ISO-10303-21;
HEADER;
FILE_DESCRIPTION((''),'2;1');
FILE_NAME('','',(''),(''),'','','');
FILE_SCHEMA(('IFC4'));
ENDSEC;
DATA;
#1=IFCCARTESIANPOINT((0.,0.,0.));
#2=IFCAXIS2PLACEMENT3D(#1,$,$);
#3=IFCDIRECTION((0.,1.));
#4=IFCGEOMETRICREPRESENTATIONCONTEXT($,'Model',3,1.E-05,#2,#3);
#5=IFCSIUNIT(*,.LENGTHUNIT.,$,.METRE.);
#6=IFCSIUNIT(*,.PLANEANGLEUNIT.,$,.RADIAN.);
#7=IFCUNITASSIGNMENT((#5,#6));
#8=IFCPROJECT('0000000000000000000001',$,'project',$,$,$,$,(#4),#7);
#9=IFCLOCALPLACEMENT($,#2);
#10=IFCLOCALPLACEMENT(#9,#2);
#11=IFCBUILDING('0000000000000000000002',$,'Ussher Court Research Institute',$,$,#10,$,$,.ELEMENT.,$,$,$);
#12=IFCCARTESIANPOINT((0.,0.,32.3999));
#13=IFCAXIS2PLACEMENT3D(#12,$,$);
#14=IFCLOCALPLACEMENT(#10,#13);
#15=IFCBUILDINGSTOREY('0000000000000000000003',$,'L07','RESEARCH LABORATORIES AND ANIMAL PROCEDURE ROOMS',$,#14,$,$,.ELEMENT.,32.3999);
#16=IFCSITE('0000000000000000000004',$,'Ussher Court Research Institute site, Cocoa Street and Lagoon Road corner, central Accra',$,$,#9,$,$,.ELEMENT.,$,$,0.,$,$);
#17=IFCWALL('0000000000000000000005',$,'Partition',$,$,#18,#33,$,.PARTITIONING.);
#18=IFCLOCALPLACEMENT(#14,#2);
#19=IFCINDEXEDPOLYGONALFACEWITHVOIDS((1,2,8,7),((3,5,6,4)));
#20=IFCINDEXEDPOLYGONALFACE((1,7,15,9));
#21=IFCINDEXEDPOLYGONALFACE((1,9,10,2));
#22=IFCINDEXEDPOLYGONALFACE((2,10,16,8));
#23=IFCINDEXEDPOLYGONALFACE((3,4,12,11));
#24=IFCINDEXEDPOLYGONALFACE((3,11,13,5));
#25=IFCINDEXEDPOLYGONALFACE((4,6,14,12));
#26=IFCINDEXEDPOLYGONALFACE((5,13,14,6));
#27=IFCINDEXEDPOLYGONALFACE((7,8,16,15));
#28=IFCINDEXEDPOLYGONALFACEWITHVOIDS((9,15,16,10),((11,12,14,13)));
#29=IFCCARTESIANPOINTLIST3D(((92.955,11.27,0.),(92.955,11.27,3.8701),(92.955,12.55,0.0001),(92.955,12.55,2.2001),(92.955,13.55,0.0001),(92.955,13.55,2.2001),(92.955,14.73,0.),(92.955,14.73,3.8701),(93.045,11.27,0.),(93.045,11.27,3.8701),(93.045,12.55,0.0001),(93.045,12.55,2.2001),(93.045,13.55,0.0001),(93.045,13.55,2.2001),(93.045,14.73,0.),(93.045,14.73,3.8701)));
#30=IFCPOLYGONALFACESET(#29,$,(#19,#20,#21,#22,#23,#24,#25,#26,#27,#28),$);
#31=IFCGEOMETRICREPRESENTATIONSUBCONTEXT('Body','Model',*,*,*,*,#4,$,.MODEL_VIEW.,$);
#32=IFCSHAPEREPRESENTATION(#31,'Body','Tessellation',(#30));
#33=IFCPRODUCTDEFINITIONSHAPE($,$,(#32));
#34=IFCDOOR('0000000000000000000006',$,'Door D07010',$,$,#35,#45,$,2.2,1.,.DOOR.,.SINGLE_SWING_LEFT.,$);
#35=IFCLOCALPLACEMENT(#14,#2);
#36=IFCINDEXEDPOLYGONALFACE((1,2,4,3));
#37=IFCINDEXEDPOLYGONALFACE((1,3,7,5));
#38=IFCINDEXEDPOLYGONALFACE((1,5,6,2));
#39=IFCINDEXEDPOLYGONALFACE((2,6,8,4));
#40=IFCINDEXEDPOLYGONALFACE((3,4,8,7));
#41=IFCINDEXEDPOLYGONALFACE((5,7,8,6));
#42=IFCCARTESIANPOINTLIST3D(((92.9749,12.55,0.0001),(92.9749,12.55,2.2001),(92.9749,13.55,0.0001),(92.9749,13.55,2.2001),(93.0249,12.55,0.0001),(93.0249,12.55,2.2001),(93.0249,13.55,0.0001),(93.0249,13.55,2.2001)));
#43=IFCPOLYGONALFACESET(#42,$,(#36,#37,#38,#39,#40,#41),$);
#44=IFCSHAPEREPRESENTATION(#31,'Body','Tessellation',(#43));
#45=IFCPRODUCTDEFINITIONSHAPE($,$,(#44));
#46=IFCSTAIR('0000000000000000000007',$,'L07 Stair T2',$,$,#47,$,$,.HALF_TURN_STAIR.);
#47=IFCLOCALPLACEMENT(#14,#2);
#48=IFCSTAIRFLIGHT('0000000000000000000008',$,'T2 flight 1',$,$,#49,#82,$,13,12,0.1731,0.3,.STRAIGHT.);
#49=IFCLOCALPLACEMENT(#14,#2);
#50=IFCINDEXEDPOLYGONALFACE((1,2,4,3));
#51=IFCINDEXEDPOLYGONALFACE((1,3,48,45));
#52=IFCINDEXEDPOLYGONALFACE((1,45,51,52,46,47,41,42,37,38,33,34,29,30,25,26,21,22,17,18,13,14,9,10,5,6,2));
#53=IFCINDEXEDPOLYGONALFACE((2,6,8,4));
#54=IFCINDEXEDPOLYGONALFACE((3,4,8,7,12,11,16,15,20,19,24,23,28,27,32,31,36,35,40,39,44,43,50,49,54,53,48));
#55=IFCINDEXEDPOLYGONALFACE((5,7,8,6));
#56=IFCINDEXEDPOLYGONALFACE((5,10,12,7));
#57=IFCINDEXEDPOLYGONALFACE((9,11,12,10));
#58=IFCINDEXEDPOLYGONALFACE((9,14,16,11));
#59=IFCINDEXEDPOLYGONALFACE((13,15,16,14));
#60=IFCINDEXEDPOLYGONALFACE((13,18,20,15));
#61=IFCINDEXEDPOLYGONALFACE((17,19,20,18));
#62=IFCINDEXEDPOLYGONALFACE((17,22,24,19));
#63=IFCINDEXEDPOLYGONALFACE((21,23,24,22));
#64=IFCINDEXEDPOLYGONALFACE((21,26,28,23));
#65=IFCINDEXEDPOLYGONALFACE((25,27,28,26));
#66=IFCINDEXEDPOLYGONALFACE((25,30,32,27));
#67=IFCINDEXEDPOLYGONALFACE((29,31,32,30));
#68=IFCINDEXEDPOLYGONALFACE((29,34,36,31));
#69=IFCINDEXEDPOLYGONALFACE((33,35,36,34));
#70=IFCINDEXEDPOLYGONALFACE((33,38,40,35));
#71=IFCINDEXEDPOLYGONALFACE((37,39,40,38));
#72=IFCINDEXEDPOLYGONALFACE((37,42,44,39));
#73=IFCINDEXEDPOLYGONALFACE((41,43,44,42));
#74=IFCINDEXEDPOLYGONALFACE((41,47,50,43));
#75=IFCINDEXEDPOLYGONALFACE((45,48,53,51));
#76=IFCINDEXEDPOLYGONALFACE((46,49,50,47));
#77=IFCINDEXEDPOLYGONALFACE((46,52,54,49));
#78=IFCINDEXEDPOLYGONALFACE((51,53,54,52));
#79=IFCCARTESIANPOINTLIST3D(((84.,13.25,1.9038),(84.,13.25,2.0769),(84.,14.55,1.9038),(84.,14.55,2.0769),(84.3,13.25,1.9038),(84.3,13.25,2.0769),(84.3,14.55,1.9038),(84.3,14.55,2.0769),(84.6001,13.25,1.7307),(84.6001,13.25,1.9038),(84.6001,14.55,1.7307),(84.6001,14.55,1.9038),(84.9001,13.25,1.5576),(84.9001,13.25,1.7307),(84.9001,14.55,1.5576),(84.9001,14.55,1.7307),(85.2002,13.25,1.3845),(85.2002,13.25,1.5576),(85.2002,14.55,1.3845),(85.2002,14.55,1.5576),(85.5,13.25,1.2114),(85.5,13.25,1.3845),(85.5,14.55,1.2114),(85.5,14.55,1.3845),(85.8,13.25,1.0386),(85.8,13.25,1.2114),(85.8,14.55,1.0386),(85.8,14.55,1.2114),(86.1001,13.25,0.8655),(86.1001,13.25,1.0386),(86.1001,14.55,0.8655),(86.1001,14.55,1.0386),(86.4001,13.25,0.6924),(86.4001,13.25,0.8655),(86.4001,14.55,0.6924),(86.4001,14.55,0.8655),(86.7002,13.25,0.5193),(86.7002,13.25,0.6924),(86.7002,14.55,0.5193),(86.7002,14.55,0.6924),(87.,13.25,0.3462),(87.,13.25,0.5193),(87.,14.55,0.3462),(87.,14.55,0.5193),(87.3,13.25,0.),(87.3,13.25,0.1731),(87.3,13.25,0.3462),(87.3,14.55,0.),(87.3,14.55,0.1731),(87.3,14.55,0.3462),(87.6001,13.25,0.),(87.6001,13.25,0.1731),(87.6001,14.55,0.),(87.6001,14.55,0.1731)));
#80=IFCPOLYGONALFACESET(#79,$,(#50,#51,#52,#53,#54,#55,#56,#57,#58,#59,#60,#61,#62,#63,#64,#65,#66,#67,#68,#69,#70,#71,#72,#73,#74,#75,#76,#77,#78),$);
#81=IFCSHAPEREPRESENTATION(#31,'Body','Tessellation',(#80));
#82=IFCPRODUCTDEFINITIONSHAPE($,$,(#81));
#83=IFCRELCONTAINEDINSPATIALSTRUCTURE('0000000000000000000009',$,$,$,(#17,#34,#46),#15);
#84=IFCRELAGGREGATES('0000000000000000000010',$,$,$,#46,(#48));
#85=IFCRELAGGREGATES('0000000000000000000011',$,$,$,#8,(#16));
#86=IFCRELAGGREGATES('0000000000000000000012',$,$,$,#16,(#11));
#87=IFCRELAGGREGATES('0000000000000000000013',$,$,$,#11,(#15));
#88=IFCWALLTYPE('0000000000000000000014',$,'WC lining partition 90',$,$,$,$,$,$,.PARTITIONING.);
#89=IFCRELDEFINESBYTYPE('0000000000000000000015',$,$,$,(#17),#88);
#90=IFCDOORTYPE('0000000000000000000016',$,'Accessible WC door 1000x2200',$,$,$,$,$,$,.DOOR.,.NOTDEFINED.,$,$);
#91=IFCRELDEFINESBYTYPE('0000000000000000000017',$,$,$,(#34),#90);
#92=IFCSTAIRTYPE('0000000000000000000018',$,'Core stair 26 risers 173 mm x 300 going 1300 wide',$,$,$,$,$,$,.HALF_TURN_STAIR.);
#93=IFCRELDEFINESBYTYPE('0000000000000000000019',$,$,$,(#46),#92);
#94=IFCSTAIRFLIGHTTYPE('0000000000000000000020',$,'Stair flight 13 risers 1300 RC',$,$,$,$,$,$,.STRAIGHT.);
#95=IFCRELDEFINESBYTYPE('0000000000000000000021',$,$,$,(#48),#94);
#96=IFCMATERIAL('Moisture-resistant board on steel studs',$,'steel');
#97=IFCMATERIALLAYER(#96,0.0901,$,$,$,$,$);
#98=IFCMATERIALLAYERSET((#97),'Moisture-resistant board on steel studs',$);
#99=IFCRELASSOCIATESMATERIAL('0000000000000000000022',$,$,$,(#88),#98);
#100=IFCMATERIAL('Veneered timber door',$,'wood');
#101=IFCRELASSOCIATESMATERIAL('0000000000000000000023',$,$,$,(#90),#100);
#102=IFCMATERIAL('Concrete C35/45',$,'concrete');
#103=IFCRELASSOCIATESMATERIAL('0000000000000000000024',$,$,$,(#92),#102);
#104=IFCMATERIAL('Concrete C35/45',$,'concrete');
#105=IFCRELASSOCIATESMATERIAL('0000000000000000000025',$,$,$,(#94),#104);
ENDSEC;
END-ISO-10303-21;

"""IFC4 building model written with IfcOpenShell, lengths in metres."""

from ifc_helpers import new_model, si_unit, direction, frame, frame_2d, origin, place, context, subcontext, project, spatial, polyline, rectangle, outline, extrude, material, layer, layer_set, type_object, element, fill, aggregate, save


model = new_model("IFC4")

# Units and contexts
model_context = context("Model", 3, precision=1e-05, world=origin(), true_north=direction((0.0, 1.0)))
body_context = subcontext(model_context, "Body", "Model", "MODEL_VIEW")
ifc_project = project(units=[si_unit("LENGTHUNIT", "METRE"), si_unit("PLANEANGLEUNIT", "RADIAN")], contexts=[model_context])

# Site, building, storey
site_placement = place(None, origin())
site = spatial("IfcSite", under=ifc_project, at=site_placement, Name="Ussher Court Research Institute site, Cocoa Street and Lagoon Road corner, central Accra", CompositionType="ELEMENT", RefElevation=0.0)
building_placement = place(site_placement, origin())
building = spatial("IfcBuilding", under=site, at=building_placement, Name="Ussher Court Research Institute", CompositionType="ELEMENT")
storey_placement = place(building_placement, frame((0.0, 0.0, 32.3999)))
storey = spatial("IfcBuildingStorey", under=building, at=storey_placement, Name="L07", Description="RESEARCH LABORATORIES AND ANIMAL PROCEDURE ROOMS", CompositionType="ELEMENT", Elevation=32.3999)

# Wall, opening, door
ifc_material_1 = material(Name="Moisture-resistant board on steel studs", Category="steel")
ifc_layer_1 = layer(ifc_material_1, 0.0901)
ifc_layer_set_1 = layer_set([ifc_layer_1], Name="Moisture-resistant board on steel studs")
wall_type_1 = type_object("IfcWallType", Name="WC lining partition 90", PredefinedType="PARTITIONING", material=ifc_layer_set_1)
wall_1_placement = place(storey_placement, frame((93.0, 14.73, 0.0), z_axis=(0.0, 0.0, 1.0), x_axis=(0.0, -1.0, 0.0)))
wall_1 = element("IfcWall", 1, at=wall_1_placement, inside=storey, type_object=wall_type_1, Name="Partition", PredefinedType="PARTITIONING", context=body_context, shape_type="SweptSolid", body=[
    extrude(rectangle(XDim=3.46, YDim=0.0901, at=frame_2d((1.73, 0.0))), origin(), (0.0, 0.0, 1.0), 3.8701),
])
opening_1_placement = place(wall_1_placement, frame((1.1799, 0.0, 0.0)))
opening_1 = element("IfcOpeningElement", 2, at=opening_1_placement, cuts=wall_1, PredefinedType="OPENING", context=body_context, shape_type="SweptSolid", body=[
    extrude(rectangle(XDim=1.0, YDim=2.2, at=frame_2d((0.5, 1.1001))), frame((0.0, 0.0552, 0.0), z_axis=(0.0, -1.0, 0.0), x_axis=(1.0, 0.0, 0.0)), (0.0, 0.0, 1.0), 0.1101),
])
ifc_material_2 = material(Name="Veneered timber door", Category="wood")
door_type_1 = type_object("IfcDoorType", Name="Accessible WC door 1000x2200", OperationType="NOTDEFINED", PredefinedType="DOOR", material=ifc_material_2)
door_1_placement = place(opening_1_placement, origin())
door_1 = element("IfcDoor", 3, at=door_1_placement, inside=storey, type_object=door_type_1, Name="Door D07010", OperationType="SINGLE_SWING_LEFT", OverallHeight=2.2, OverallWidth=1.0, PredefinedType="DOOR", context=body_context, shape_type="SweptSolid", body=[
    extrude(rectangle(XDim=1.0, YDim=2.2, at=frame_2d((0.5, 1.1001))), frame((0.0, 0.0249, 0.0), z_axis=(0.0, -1.0, 0.0), x_axis=(1.0, 0.0, 0.0)), (0.0, 0.0, 1.0), 0.05),
])
fill(opening_1, door_1)

# Stair, stair flight
ifc_material_3 = material(Name="Concrete C35/45", Category="concrete")
stair_type = type_object("IfcStairType", Name="Core stair 26 risers 173 mm x 300 going 1300 wide", PredefinedType="HALF_TURN_STAIR", material=ifc_material_3)
stair_placement = place(storey_placement, origin())
stair = element("IfcStair", 4, at=stair_placement, inside=storey, type_object=stair_type, Name="L07 Stair T2", PredefinedType="HALF_TURN_STAIR")
ifc_material_4 = material(Name="Concrete C35/45", Category="concrete")
stair_flight_type = type_object("IfcStairFlightType", Name="Stair flight 13 risers 1300 RC", PredefinedType="STRAIGHT", material=ifc_material_4)
stair_flight_placement = place(storey_placement, frame((87.6001, 13.8999, 0.0), z_axis=(0.0, 0.0, 1.0), x_axis=(-1.0, 0.0, 0.0)))
stair_flight = element("IfcStairFlight", 5, at=stair_flight_placement, type_object=stair_flight_type, Name="T2 flight 1", NumberOfRisers=13, NumberOfTreads=12, PredefinedType="STRAIGHT", RiserHeight=0.1731, TreadLength=0.3, context=body_context, shape_type="SweptSolid", body=[
    extrude(outline(polyline([(0.0, 0.0), (0.0, 0.1731), (0.3, 0.1731), (0.3, 0.3462), (0.6001, 0.3462), (0.6001, 0.5193), (0.8999, 0.5193), (0.8999, 0.6924), (1.2, 0.6924), (1.2, 0.8655), (1.5, 0.8655), (1.5, 1.0386), (1.8, 1.0386), (1.8, 1.2114), (2.1001, 1.2114), (2.1001, 1.3845), (2.3999, 1.3845), (2.3999, 1.5576), (2.7, 1.5576), (2.7, 1.7307), (3.0, 1.7307), (3.0, 1.9038), (3.3, 1.9038), (3.3, 2.0769), (3.6001, 2.0769), (3.6001, 2.25), (3.6001, 1.9038), (0.3, 0.0), (0.0, 0.0)])), frame((0.0, 0.6499, 0.0), z_axis=(0.0, -1.0, 0.0), x_axis=(1.0, 0.0, 0.0)), (0.0, 0.0, 1.0), 1.3),
])
aggregate(stair, [stair_flight])

save(model, "model.ifc")
